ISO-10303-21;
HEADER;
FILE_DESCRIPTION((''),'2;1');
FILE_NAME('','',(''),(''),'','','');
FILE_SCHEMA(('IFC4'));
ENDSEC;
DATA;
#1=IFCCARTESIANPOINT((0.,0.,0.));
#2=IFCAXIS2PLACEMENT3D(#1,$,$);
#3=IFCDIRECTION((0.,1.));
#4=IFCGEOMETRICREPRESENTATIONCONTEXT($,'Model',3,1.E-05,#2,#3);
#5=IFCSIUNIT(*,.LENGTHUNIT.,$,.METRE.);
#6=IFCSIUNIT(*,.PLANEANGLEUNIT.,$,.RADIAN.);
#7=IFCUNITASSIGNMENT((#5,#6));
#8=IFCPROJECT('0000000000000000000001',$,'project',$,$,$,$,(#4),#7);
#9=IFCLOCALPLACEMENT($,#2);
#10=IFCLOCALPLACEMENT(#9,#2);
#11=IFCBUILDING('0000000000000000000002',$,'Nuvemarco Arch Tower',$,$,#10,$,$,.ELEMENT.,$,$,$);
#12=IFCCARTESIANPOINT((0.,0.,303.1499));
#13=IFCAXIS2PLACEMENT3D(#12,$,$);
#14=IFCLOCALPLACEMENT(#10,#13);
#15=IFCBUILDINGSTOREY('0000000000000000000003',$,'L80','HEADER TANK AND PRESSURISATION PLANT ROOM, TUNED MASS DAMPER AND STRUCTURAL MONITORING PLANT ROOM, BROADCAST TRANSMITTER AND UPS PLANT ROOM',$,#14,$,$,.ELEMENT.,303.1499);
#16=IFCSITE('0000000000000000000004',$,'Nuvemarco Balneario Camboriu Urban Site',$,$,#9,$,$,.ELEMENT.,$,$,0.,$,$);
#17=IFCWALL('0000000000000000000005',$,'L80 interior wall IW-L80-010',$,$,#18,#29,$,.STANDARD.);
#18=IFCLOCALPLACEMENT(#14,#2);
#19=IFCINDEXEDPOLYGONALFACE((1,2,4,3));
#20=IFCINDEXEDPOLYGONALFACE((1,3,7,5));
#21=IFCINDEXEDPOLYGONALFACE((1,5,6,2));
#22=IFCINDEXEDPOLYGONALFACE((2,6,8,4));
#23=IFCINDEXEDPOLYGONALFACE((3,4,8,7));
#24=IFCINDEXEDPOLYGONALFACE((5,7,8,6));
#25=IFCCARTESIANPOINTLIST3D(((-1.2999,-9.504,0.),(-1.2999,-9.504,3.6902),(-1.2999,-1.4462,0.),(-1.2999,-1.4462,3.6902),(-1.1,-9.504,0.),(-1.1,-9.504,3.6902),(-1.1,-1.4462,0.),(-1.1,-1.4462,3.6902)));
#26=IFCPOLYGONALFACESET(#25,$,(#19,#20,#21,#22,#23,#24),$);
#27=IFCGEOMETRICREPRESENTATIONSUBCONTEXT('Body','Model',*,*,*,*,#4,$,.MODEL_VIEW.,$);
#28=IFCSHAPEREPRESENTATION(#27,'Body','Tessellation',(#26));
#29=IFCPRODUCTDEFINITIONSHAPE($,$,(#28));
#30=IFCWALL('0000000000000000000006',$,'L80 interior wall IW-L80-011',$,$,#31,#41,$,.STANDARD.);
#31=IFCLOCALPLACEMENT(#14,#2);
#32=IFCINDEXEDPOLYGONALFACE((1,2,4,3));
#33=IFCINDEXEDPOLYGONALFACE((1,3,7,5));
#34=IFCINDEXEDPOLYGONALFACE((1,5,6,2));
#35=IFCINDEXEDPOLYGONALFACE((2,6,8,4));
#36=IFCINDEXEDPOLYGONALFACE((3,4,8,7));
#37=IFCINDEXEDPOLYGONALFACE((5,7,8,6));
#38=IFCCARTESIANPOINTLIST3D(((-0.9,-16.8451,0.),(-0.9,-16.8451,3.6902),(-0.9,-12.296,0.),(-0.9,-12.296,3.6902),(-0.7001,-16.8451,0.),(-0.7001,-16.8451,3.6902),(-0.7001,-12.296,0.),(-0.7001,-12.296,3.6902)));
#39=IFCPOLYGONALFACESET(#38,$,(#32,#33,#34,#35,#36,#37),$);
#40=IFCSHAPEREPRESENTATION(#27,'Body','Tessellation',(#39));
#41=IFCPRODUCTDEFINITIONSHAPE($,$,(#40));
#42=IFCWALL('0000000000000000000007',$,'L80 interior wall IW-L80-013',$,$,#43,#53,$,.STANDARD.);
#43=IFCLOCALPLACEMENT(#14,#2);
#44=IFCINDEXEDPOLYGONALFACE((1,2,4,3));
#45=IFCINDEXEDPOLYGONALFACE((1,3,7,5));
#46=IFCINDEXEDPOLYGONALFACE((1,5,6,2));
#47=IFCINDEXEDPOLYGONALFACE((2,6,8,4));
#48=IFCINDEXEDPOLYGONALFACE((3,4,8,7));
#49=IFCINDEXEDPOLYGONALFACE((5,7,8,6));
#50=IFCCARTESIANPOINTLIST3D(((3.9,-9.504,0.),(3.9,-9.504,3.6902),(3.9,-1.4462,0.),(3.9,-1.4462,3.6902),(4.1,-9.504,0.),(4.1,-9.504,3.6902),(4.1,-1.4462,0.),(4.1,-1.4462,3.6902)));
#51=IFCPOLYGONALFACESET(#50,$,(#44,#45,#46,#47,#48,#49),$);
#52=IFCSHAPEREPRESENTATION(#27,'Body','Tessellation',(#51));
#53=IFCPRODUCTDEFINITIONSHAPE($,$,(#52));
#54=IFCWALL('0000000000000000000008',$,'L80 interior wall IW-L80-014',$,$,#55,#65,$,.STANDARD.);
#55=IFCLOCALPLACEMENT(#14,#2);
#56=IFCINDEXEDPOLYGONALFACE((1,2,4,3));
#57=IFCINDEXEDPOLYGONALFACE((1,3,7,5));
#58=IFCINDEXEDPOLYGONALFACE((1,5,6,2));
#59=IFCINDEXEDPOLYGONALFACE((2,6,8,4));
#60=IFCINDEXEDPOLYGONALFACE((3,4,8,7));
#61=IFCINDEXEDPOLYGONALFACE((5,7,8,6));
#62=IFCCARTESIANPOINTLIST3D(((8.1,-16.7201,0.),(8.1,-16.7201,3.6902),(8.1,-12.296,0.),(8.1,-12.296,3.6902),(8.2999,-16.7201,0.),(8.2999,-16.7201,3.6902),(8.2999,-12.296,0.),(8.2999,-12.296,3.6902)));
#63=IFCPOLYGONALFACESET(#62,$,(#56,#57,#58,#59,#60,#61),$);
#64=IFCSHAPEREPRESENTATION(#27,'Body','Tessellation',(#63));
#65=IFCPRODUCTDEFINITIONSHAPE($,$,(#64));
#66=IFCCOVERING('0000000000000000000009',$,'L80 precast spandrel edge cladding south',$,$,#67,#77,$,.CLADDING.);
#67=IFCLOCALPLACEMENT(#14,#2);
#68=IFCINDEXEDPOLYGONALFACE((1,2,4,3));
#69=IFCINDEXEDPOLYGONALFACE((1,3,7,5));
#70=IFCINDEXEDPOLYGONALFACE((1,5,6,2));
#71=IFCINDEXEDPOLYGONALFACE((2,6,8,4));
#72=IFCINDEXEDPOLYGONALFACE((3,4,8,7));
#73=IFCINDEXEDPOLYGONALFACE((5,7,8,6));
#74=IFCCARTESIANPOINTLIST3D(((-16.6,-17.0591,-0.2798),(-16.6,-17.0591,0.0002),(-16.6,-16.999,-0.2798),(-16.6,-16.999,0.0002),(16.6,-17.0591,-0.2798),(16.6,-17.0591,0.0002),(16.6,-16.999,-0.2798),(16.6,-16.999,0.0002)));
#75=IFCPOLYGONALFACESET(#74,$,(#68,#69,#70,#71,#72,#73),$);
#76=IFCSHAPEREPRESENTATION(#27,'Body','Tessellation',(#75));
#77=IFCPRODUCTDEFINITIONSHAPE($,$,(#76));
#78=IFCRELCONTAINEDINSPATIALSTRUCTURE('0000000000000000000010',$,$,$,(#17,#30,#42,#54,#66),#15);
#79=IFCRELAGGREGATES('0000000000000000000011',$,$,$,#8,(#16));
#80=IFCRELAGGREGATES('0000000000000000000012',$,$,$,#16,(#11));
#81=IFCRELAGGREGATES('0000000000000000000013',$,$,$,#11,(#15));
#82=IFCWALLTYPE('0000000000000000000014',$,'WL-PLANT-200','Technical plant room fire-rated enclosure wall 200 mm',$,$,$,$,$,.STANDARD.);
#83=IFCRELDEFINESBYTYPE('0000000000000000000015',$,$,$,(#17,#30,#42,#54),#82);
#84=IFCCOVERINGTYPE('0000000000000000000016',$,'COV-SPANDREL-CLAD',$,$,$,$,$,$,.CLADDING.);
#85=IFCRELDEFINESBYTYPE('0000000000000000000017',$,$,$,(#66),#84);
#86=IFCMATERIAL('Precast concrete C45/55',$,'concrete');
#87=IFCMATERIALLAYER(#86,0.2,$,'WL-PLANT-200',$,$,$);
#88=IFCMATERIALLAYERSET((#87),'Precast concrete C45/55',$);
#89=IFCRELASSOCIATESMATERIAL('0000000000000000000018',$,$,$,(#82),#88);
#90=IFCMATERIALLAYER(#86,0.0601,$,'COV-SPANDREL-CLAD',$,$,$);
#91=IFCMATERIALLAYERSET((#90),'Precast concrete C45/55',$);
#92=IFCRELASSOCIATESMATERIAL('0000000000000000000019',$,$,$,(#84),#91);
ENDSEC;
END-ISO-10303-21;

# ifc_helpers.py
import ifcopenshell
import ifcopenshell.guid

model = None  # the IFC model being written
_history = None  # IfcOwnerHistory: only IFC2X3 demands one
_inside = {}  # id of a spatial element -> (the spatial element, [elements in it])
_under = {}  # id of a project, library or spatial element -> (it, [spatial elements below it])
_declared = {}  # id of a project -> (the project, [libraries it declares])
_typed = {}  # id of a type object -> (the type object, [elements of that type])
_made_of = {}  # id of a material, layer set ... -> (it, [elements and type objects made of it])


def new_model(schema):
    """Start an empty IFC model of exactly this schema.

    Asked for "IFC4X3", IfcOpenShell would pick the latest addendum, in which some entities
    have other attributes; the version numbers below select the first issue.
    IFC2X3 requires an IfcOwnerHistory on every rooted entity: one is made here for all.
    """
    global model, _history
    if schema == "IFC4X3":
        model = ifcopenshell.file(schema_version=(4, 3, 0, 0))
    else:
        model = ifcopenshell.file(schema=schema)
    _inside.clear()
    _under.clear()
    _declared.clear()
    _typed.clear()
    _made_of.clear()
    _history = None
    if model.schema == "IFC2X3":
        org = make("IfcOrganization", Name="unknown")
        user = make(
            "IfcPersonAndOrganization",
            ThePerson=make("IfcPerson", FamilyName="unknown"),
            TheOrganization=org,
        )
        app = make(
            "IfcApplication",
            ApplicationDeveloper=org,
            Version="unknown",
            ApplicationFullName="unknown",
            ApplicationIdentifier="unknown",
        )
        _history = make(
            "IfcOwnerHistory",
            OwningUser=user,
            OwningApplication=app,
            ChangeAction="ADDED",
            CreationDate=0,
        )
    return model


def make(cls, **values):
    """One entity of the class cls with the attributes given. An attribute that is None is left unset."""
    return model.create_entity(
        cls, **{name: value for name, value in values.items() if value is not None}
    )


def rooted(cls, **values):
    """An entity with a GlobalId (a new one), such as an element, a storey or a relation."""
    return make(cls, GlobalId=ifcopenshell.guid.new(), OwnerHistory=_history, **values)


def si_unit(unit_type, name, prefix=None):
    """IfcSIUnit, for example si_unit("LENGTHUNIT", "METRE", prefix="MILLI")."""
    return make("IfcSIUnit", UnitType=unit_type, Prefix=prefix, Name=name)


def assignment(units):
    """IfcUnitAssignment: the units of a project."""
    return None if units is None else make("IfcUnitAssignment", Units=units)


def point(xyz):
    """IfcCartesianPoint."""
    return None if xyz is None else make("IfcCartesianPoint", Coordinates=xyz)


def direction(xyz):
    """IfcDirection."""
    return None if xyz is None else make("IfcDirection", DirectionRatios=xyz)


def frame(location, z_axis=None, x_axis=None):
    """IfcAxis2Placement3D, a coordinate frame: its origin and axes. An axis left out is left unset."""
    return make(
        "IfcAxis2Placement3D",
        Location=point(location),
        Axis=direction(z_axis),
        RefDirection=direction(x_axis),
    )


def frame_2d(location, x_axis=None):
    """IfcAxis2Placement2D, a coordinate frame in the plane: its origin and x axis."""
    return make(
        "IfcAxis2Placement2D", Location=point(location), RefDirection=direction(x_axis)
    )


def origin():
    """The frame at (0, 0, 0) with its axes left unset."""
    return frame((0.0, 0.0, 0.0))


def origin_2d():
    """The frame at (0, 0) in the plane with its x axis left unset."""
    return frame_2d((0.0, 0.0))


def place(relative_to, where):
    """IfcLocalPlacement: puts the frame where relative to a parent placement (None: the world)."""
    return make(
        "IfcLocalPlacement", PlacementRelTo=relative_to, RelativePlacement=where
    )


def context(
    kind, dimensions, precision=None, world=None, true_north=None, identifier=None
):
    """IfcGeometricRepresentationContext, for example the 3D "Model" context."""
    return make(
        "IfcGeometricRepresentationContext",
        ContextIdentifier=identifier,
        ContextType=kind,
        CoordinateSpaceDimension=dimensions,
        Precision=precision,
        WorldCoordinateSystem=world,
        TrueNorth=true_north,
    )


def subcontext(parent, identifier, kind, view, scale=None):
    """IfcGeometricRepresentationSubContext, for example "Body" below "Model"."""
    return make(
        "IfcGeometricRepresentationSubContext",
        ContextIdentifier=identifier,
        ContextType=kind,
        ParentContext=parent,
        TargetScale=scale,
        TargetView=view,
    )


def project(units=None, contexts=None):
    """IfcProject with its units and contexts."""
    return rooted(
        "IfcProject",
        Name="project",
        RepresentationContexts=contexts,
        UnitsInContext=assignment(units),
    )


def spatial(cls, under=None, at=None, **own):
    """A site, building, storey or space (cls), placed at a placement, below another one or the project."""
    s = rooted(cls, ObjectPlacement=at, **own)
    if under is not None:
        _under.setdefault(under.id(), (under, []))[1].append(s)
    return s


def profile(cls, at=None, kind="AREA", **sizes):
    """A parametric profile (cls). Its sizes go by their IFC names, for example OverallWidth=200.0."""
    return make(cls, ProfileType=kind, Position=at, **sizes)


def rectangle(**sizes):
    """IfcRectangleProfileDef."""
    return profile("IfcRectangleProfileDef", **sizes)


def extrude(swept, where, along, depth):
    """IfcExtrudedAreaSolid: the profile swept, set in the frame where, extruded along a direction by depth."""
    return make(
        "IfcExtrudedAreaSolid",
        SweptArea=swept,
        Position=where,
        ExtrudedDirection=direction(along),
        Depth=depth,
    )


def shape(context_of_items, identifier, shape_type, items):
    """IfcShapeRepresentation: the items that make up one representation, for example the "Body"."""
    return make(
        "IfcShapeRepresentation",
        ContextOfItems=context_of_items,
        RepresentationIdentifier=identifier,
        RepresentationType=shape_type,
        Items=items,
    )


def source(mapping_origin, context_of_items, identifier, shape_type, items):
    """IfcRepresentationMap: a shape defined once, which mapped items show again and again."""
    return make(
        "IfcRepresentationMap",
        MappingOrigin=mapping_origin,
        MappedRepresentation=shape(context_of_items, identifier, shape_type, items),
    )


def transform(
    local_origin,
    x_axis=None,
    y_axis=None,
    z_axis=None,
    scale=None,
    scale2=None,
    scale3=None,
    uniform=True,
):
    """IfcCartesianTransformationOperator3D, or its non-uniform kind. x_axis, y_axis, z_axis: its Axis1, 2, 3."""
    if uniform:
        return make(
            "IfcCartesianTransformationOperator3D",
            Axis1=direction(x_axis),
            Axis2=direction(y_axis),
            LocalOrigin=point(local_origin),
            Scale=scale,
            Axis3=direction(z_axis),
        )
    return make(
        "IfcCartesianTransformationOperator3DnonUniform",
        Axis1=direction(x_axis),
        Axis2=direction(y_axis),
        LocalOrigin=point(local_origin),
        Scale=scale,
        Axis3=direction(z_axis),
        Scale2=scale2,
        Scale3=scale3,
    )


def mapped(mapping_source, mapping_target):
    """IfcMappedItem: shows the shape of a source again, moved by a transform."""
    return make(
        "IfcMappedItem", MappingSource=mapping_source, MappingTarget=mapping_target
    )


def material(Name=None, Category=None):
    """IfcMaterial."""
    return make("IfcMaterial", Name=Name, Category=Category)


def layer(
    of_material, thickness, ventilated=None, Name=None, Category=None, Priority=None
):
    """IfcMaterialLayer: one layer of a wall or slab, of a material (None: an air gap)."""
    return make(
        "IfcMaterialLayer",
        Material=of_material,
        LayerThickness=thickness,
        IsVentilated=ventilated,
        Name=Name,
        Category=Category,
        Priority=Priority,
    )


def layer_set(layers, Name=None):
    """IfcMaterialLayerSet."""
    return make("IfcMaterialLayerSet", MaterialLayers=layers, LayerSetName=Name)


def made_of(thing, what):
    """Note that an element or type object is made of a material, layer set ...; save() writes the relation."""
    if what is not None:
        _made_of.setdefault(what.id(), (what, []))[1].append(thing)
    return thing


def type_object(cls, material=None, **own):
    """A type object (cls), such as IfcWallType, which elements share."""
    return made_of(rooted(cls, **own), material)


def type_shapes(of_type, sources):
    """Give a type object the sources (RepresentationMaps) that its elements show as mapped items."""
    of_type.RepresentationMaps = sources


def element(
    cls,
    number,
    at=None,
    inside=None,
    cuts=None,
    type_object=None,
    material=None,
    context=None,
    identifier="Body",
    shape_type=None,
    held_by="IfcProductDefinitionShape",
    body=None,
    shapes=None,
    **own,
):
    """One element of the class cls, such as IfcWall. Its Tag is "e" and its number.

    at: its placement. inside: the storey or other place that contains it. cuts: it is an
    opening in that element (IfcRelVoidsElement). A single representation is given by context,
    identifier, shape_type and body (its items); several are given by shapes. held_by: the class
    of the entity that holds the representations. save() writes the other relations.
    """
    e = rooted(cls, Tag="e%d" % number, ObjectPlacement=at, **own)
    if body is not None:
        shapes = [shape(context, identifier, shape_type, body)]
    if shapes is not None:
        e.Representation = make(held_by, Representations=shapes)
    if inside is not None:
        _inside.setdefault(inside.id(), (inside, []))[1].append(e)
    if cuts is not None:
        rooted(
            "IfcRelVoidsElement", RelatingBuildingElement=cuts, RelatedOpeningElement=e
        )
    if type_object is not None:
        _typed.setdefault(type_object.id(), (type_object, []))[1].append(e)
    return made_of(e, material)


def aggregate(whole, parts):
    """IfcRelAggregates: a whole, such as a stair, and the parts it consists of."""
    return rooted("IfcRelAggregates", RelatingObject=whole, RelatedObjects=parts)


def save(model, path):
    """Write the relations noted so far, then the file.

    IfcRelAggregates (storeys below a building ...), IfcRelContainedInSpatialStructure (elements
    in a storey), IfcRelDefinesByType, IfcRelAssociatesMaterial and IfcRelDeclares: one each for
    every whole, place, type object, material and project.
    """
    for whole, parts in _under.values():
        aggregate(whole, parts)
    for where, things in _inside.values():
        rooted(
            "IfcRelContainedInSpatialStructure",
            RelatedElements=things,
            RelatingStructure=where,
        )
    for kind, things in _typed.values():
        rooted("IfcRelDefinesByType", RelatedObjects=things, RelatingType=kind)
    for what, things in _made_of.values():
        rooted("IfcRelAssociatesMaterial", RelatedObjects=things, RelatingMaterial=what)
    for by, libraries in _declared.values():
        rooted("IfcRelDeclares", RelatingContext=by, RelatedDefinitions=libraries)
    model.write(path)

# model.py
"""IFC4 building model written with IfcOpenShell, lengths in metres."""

from ifc_helpers import new_model, si_unit, direction, frame, frame_2d, origin, origin_2d, place, context, subcontext, project, spatial, rectangle, extrude, source, transform, mapped, material, layer, layer_set, type_object, type_shapes, element, save


model = new_model("IFC4")

# Units and contexts
model_context = context("Model", 3, precision=1e-05, world=origin(), true_north=direction((0.0, 1.0)))
body_context = subcontext(model_context, "Body", "Model", "MODEL_VIEW")
ifc_project = project(units=[si_unit("LENGTHUNIT", "METRE"), si_unit("PLANEANGLEUNIT", "RADIAN")], contexts=[model_context])

# Site, building, storey
site_placement = place(None, origin())
site = spatial("IfcSite", under=ifc_project, at=site_placement, Name="Nuvemarco Balneario Camboriu Urban Site", CompositionType="ELEMENT", RefElevation=0.0)
building_placement = place(site_placement, origin())
building = spatial("IfcBuilding", under=site, at=building_placement, Name="Nuvemarco Arch Tower", CompositionType="ELEMENT")
storey_placement = place(building_placement, frame((0.0, 0.0, 303.1499)))
storey = spatial("IfcBuildingStorey", under=building, at=storey_placement, Name="L80", Description="HEADER TANK AND PRESSURISATION PLANT ROOM, TUNED MASS DAMPER AND STRUCTURAL MONITORING PLANT ROOM, BROADCAST TRANSMITTER AND UPS PLANT ROOM", CompositionType="ELEMENT", Elevation=303.1499)

# Shared definitions
ifc_material_1 = material(Name="Precast concrete C45/55", Category="concrete")

# Walls
ifc_layer_1 = layer(ifc_material_1, 0.2, Name="WL-PLANT-200")
ifc_layer_set_1 = layer_set([ifc_layer_1], Name="Precast concrete C45/55")
wall_type_1 = type_object("IfcWallType", Name="WL-PLANT-200", Description="Technical plant room fire-rated enclosure wall 200 mm", PredefinedType="STANDARD", material=ifc_layer_set_1)
wall_1_placement = place(storey_placement, frame((-1.2, -9.5039, 0.0), z_axis=(0.0, 0.0, 1.0), x_axis=(0.0, 1.0, 0.0)))
element("IfcWall", 1, at=wall_1_placement, inside=storey, type_object=wall_type_1, Name="L80 interior wall IW-L80-010", PredefinedType="STANDARD", context=body_context, shape_type="SweptSolid", body=[
    extrude(rectangle(XDim=8.0579, YDim=0.2, at=frame_2d((4.0288, 0.0))), origin(), (0.0, 0.0, 1.0), 3.6902),
])
wall_2_placement = place(storey_placement, frame((-0.8, -16.845, 0.0), z_axis=(0.0, 0.0, 1.0), x_axis=(0.0, 1.0, 0.0)))
element("IfcWall", 2, at=wall_2_placement, inside=storey, type_object=wall_type_1, Name="L80 interior wall IW-L80-011", PredefinedType="STANDARD", context=body_context, shape_type="SweptSolid", body=[
    extrude(rectangle(XDim=4.5491, YDim=0.2, at=frame_2d((2.2744, 0.0))), origin(), (0.0, 0.0, 1.0), 3.6902),
])
wall_3_placement = place(storey_placement, frame((4.0, -9.5039, 0.0), z_axis=(0.0, 0.0, 1.0), x_axis=(0.0, 1.0, 0.0)))
element("IfcWall", 3, at=wall_3_placement, inside=storey, type_object=wall_type_1, Name="L80 interior wall IW-L80-013", PredefinedType="STANDARD", context=body_context, shape_type="SweptSolid", body=[
    extrude(rectangle(XDim=8.0579, YDim=0.2, at=frame_2d((4.0288, 0.0))), origin(), (0.0, 0.0, 1.0), 3.6902),
])
wall_4_placement = place(storey_placement, frame((8.2, -16.72, 0.0), z_axis=(0.0, 0.0, 1.0), x_axis=(0.0, 1.0, 0.0)))
element("IfcWall", 4, at=wall_4_placement, inside=storey, type_object=wall_type_1, Name="L80 interior wall IW-L80-014", PredefinedType="STANDARD", context=body_context, shape_type="SweptSolid", body=[
    extrude(rectangle(XDim=4.4241, YDim=0.2, at=frame_2d((2.2119, 0.0))), origin(), (0.0, 0.0, 1.0), 3.6902),
])

# Covering
ifc_layer_2 = layer(ifc_material_1, 0.0601, Name="COV-SPANDREL-CLAD")
ifc_layer_set_2 = layer_set([ifc_layer_2], Name="Precast concrete C45/55")
covering_type = type_object("IfcCoveringType", Name="COV-SPANDREL-CLAD", PredefinedType="CLADDING", material=ifc_layer_set_2)
shared_shape_1 = source(origin(), body_context, "Body", "SweptSolid", [
    extrude(rectangle(XDim=33.2, YDim=0.0601, at=origin_2d()), origin(), (0.0, 0.0, 1.0), 0.28),
])
type_shapes(covering_type, [shared_shape_1])
covering_placement = place(storey_placement, frame((0.0, -17.0291, -0.2798), z_axis=(0.0, 0.0, 1.0), x_axis=(1.0, 0.0, 0.0)))
element("IfcCovering", 5, at=covering_placement, inside=storey, type_object=covering_type, Name="L80 precast spandrel edge cladding south", PredefinedType="CLADDING", context=body_context, shape_type="MappedRepresentation", body=[
    mapped(shared_shape_1, transform((0.0, 0.0, 0.0), scale=1.0)),
])

save(model, "model.ifc")
